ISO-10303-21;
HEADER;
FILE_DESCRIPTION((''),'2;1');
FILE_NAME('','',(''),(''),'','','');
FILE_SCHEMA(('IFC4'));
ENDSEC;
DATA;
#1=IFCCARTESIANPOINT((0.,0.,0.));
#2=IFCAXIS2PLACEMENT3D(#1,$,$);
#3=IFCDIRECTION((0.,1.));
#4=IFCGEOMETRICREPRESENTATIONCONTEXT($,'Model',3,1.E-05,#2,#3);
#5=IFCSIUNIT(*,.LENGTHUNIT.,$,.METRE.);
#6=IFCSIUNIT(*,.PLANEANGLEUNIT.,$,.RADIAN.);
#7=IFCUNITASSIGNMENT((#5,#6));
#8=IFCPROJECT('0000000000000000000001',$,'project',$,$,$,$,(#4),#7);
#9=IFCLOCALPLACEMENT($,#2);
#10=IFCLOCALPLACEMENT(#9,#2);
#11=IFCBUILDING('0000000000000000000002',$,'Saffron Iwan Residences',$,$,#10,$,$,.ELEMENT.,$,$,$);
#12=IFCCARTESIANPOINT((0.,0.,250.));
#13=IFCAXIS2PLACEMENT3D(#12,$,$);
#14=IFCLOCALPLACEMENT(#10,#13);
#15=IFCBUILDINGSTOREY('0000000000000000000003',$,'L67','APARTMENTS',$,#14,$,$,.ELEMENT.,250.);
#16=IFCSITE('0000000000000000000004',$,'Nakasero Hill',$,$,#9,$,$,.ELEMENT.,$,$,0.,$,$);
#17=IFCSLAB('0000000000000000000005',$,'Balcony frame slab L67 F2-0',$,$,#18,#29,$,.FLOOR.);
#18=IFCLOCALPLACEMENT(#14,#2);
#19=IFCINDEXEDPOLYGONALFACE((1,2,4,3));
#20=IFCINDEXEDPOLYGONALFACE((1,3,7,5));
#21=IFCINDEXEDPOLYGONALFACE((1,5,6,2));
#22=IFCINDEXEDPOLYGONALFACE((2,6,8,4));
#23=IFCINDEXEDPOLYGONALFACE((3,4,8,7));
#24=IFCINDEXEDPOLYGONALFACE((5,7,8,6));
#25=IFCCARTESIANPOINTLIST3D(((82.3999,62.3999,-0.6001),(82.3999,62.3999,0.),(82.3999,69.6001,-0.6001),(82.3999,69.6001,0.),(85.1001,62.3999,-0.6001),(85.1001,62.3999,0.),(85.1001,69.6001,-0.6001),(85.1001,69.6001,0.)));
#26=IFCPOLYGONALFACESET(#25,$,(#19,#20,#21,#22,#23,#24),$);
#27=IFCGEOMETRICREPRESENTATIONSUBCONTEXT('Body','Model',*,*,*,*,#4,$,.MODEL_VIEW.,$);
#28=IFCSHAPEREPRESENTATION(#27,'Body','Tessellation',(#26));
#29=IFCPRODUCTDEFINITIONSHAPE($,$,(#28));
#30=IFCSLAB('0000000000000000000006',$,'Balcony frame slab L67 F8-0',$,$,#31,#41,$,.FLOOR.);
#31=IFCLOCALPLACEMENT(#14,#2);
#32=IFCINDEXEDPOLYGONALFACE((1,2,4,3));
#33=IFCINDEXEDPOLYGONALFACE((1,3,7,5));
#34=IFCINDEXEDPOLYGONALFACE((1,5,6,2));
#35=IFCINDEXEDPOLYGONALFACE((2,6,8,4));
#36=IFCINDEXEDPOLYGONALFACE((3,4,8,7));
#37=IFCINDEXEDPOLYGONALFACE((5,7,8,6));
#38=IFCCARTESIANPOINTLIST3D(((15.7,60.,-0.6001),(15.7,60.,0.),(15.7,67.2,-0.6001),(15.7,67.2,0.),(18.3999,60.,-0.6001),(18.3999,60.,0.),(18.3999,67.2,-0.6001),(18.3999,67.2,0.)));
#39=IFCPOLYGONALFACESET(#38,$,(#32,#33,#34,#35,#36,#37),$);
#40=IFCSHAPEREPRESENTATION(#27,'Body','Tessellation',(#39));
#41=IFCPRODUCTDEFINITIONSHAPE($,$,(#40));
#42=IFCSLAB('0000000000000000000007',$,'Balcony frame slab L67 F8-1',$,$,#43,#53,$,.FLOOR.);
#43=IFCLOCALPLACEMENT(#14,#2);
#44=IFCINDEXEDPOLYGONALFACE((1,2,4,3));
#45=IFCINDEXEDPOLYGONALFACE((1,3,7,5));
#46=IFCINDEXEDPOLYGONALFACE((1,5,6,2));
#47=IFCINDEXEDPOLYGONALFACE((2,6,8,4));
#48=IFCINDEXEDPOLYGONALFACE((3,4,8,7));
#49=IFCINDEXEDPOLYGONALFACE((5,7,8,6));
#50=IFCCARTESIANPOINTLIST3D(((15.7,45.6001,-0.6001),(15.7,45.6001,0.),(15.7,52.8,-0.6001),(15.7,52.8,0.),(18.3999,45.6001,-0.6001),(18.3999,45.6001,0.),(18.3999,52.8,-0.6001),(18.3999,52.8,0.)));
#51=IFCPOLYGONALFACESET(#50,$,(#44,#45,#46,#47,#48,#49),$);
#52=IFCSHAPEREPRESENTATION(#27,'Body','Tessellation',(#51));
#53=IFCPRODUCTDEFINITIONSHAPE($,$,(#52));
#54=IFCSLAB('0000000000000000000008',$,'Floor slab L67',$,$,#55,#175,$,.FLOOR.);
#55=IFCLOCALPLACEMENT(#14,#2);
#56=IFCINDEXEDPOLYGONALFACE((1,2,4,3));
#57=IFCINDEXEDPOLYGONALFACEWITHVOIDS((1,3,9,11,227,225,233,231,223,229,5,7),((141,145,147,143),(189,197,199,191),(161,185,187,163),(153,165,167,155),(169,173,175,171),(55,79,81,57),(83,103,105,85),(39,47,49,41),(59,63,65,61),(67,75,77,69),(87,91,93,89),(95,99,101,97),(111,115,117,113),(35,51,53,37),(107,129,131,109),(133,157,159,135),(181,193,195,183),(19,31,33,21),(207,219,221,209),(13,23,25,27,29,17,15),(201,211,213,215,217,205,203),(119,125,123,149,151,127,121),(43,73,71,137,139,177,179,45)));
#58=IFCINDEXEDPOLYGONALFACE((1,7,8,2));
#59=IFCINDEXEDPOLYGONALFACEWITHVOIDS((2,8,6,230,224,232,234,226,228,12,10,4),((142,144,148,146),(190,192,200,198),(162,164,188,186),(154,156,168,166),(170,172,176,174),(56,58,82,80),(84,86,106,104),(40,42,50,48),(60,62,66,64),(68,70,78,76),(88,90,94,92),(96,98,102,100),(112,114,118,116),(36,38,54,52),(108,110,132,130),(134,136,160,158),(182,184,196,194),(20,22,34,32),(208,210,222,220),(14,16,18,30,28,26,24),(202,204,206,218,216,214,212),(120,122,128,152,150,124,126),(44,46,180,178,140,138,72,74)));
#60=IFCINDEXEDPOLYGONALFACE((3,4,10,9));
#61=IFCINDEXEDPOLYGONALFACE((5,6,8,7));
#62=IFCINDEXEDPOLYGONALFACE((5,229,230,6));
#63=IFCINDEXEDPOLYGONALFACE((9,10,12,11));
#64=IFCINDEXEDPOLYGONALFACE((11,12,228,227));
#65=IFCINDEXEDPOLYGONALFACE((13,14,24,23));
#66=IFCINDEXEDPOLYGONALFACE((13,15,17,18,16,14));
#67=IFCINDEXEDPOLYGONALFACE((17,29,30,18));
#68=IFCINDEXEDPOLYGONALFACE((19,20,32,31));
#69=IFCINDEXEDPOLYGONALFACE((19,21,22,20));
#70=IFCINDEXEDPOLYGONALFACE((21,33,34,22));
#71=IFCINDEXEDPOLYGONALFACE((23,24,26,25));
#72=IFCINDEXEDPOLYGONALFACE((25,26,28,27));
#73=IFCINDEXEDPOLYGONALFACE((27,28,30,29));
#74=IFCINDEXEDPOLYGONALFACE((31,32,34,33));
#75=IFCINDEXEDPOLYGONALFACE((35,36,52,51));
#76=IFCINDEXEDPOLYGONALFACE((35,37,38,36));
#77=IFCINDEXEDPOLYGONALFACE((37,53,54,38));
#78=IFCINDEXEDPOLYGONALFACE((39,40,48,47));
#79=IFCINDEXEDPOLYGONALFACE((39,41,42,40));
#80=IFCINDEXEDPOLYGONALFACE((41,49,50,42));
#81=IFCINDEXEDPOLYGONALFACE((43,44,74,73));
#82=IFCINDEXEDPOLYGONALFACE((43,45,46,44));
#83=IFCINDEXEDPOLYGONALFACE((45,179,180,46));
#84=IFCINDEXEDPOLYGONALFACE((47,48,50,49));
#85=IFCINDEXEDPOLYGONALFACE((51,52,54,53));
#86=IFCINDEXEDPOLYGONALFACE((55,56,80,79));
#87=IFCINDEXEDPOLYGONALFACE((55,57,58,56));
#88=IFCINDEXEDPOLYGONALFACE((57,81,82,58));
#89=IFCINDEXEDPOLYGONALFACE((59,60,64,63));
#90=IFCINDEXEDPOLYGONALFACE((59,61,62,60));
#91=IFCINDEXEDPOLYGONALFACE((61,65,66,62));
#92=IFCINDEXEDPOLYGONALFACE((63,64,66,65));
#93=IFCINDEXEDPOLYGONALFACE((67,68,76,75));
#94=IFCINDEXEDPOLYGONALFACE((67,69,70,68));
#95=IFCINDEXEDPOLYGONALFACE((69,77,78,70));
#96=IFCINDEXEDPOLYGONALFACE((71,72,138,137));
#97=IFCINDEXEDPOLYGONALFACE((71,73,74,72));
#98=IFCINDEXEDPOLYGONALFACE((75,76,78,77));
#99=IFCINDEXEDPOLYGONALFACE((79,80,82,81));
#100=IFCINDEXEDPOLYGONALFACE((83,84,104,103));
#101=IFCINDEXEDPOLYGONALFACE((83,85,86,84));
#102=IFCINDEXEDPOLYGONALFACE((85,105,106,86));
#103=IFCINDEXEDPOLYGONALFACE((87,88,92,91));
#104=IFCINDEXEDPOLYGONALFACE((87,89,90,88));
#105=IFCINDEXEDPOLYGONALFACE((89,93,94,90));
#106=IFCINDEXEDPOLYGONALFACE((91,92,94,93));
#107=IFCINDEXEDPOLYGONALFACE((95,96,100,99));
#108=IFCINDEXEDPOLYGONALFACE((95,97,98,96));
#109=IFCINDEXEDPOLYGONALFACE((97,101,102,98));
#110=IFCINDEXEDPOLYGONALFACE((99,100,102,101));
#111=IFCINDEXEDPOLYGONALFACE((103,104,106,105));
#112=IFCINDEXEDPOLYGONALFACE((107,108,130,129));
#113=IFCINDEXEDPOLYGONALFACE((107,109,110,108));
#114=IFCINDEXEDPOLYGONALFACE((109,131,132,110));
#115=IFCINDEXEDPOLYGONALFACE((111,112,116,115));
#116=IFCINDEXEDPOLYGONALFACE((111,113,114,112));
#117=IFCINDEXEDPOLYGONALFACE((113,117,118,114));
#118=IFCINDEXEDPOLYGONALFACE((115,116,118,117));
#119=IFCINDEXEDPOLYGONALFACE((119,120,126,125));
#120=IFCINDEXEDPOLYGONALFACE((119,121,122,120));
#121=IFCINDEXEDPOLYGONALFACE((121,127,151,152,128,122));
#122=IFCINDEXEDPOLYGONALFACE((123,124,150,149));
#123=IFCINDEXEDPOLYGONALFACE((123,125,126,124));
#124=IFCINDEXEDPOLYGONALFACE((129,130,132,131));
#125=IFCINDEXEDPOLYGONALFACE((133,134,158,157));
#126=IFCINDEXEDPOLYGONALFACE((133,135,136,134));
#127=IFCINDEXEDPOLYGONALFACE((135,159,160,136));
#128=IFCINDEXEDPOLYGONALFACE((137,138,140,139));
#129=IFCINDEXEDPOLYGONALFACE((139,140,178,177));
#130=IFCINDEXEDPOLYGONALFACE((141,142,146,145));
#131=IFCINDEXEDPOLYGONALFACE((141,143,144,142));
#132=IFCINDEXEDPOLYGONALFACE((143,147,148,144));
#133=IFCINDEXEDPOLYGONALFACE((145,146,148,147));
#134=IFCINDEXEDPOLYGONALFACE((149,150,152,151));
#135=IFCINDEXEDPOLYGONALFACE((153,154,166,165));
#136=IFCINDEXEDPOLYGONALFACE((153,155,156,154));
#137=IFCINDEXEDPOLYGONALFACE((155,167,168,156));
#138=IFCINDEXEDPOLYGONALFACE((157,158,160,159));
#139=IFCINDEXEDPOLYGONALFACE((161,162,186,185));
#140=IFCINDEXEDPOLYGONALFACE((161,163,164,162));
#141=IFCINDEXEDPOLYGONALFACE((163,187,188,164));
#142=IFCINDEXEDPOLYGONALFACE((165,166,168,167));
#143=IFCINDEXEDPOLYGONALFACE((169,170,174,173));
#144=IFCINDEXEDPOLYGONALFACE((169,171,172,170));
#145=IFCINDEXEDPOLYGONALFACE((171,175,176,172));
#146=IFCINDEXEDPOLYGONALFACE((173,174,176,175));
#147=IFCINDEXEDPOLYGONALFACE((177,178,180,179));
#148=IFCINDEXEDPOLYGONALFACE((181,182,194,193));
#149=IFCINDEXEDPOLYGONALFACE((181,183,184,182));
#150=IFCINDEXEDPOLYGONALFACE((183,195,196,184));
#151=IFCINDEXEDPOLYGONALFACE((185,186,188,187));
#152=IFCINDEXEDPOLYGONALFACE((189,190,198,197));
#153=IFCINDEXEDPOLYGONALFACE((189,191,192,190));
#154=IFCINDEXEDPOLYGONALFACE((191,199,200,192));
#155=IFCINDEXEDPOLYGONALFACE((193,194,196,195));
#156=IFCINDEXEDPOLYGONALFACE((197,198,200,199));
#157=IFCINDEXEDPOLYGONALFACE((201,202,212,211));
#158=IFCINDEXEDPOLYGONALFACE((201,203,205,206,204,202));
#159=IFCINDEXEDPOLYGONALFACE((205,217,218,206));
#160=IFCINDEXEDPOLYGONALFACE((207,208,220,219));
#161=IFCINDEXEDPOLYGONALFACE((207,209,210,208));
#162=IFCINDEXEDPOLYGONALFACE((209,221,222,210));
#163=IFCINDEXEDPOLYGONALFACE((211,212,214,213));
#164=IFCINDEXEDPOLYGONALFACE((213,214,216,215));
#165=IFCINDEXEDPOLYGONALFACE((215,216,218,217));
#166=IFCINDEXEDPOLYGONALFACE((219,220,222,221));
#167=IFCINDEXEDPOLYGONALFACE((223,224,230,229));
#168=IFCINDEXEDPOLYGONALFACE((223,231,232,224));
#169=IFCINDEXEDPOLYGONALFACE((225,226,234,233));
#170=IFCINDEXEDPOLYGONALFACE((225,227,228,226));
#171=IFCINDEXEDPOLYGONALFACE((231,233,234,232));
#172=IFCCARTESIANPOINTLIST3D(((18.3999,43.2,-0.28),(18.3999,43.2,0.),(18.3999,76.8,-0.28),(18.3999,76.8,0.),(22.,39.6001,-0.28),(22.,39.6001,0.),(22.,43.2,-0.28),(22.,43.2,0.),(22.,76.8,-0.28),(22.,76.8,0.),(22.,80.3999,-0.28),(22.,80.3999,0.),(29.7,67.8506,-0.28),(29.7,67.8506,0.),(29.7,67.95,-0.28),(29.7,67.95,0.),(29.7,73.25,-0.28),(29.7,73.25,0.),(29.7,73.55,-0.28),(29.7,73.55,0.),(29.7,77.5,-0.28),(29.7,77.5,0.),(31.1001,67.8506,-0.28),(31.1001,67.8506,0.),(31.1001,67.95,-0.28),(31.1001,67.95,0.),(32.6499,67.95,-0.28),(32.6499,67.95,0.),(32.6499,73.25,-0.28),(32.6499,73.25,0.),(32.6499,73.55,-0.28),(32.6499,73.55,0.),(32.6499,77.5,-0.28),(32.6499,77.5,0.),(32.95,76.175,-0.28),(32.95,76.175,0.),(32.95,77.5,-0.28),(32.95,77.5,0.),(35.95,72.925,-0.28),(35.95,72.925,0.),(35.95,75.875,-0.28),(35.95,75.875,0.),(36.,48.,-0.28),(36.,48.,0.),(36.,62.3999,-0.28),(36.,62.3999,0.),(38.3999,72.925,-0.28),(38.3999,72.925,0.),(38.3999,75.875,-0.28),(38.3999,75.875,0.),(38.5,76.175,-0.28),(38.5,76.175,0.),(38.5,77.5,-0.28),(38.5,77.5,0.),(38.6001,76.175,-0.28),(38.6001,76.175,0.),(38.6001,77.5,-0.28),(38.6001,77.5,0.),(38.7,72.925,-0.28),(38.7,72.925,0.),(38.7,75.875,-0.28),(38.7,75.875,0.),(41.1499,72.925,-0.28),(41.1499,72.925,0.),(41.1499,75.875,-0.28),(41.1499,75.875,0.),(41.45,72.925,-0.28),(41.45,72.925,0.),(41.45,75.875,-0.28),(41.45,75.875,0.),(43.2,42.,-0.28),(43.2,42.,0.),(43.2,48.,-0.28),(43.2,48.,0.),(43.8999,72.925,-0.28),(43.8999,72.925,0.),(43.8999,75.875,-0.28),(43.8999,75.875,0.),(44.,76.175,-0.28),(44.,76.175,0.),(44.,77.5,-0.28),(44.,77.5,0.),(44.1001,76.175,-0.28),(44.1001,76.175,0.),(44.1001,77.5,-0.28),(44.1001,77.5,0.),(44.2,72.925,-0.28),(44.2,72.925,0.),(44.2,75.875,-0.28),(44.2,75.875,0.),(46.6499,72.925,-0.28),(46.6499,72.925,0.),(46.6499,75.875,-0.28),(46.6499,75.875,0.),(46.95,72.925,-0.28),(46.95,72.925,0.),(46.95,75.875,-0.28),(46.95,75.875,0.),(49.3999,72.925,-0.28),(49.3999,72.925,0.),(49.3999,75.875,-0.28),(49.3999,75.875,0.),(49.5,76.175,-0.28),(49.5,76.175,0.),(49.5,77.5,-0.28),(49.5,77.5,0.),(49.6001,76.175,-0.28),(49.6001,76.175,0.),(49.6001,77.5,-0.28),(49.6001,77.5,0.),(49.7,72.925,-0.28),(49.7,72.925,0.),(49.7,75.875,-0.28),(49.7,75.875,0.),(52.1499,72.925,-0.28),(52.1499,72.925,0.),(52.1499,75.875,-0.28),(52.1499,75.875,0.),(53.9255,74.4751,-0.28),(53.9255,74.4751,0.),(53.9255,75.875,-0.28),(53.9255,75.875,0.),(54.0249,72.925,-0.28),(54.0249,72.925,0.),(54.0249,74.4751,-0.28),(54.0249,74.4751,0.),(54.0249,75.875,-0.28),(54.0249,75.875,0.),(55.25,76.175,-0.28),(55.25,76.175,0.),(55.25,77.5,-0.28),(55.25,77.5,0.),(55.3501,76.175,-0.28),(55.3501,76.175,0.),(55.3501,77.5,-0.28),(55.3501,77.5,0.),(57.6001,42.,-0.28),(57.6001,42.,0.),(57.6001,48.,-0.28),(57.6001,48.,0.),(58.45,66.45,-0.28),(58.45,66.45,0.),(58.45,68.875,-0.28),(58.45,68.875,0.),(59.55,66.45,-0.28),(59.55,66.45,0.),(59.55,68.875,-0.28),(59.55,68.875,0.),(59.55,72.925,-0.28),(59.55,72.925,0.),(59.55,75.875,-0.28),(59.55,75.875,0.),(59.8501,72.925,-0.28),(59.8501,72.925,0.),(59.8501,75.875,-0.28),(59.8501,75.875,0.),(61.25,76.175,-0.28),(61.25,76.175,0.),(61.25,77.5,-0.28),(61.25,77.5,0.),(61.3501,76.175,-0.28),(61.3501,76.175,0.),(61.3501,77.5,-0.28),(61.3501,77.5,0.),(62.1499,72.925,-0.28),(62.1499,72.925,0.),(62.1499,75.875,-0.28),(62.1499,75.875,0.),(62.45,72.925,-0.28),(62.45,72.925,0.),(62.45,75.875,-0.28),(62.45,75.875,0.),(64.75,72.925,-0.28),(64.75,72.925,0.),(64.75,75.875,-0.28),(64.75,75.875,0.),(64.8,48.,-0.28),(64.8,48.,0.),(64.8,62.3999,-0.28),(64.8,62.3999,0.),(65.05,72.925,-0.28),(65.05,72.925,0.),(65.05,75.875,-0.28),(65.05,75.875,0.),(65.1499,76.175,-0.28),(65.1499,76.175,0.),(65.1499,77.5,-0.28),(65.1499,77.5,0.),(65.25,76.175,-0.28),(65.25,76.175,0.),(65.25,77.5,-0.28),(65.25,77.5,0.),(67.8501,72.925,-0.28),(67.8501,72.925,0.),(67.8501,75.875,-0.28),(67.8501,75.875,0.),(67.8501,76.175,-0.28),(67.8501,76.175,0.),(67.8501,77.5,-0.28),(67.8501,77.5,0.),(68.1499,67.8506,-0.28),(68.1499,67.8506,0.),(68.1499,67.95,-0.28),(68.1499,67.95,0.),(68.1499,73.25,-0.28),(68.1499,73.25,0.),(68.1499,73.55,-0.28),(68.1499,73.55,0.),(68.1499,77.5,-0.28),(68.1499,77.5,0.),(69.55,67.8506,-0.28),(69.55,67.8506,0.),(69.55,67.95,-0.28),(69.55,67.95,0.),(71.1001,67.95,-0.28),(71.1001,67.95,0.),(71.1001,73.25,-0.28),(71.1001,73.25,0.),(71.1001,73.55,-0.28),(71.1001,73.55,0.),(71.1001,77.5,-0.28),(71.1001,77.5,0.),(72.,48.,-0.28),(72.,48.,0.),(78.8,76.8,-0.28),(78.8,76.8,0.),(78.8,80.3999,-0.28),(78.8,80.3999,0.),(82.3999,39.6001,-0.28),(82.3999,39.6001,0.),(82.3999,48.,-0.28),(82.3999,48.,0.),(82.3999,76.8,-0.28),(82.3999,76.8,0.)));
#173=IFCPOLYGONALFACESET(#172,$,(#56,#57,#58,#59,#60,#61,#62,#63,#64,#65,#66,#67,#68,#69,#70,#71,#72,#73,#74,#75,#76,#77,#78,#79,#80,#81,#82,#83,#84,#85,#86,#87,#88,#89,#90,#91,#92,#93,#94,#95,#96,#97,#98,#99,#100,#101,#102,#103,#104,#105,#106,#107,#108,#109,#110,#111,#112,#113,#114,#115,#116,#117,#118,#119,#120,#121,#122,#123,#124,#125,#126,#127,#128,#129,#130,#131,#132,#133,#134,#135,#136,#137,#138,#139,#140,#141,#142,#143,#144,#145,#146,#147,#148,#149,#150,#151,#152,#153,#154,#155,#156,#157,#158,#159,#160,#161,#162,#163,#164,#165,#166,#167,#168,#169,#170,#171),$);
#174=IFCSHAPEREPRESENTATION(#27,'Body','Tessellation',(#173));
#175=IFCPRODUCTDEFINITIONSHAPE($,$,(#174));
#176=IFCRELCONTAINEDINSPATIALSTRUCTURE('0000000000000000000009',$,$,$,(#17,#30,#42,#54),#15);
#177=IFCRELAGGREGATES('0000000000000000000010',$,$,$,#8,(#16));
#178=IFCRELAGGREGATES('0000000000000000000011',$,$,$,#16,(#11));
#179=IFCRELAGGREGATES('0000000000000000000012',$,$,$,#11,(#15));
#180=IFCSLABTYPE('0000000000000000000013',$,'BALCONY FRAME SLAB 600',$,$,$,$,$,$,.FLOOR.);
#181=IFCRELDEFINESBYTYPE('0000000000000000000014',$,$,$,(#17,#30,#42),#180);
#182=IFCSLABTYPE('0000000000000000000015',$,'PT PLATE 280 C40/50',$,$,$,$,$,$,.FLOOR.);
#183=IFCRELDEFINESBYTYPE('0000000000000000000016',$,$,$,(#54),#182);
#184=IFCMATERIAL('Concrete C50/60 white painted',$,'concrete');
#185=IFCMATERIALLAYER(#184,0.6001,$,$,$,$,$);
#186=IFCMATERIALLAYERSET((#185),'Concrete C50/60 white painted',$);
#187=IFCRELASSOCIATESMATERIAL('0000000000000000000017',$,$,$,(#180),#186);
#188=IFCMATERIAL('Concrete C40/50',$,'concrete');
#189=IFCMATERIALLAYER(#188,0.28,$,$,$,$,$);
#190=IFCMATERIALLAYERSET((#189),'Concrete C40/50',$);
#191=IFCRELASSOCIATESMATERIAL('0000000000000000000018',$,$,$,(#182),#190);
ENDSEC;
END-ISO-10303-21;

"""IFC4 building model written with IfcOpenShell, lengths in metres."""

from ifc_helpers import new_model, si_unit, direction, frame, origin, place, context, subcontext, project, spatial, polyline, outline, extrude, material, layer, layer_set, type_object, element, save


model = new_model("IFC4")

# Units and contexts
model_context = context("Model", 3, precision=1e-05, world=origin(), true_north=direction((0.0, 1.0)))
body_context = subcontext(model_context, "Body", "Model", "MODEL_VIEW")
ifc_project = project(units=[si_unit("LENGTHUNIT", "METRE"), si_unit("PLANEANGLEUNIT", "RADIAN")], contexts=[model_context])

# Site, building, storey
site_placement = place(None, origin())
site = spatial("IfcSite", under=ifc_project, at=site_placement, Name="Nakasero Hill", CompositionType="ELEMENT", RefElevation=0.0)
building_placement = place(site_placement, origin())
building = spatial("IfcBuilding", under=site, at=building_placement, Name="Saffron Iwan Residences", CompositionType="ELEMENT")
storey_placement = place(building_placement, frame((0.0, 0.0, 250.0)))
storey = spatial("IfcBuildingStorey", under=building, at=storey_placement, Name="L67", Description="APARTMENTS", CompositionType="ELEMENT", Elevation=250.0)

# Slabs
ifc_material_1 = material(Name="Concrete C50/60 white painted", Category="concrete")
ifc_layer_1 = layer(ifc_material_1, 0.6001)
ifc_layer_set_1 = layer_set([ifc_layer_1], Name="Concrete C50/60 white painted")
slab_type_1 = type_object("IfcSlabType", Name="BALCONY FRAME SLAB 600", PredefinedType="FLOOR", material=ifc_layer_set_1)
slab_1_placement = place(storey_placement, frame((0.0, 0.0, -0.6001)))
element("IfcSlab", 1, at=slab_1_placement, inside=storey, type_object=slab_type_1, Name="Balcony frame slab L67 F2-0", PredefinedType="FLOOR", context=body_context, shape_type="SweptSolid", body=[
    extrude(outline(polyline([(85.1001, 62.3999), (85.1001, 69.6001), (82.3999, 69.6001), (82.3999, 62.3999), (85.1001, 62.3999)])), origin(), (0.0, 0.0, 1.0), 0.6001),
])
slab_2_placement = place(storey_placement, frame((0.0, 0.0, -0.6001)))
element("IfcSlab", 2, at=slab_2_placement, inside=storey, type_object=slab_type_1, Name="Balcony frame slab L67 F8-0", PredefinedType="FLOOR", context=body_context, shape_type="SweptSolid", body=[
    extrude(outline(polyline([(15.7, 67.2), (15.7, 60.0), (18.3999, 60.0), (18.3999, 67.2), (15.7, 67.2)])), origin(), (0.0, 0.0, 1.0), 0.6001),
])
slab_3_placement = place(storey_placement, frame((0.0, 0.0, -0.6001)))
element("IfcSlab", 3, at=slab_3_placement, inside=storey, type_object=slab_type_1, Name="Balcony frame slab L67 F8-1", PredefinedType="FLOOR", context=body_context, shape_type="SweptSolid", body=[
    extrude(outline(polyline([(15.7, 52.8), (15.7, 45.6001), (18.3999, 45.6001), (18.3999, 52.8), (15.7, 52.8)])), origin(), (0.0, 0.0, 1.0), 0.6001),
])
ifc_material_2 = material(Name="Concrete C40/50", Category="concrete")
ifc_layer_2 = layer(ifc_material_2, 0.28)
ifc_layer_set_2 = layer_set([ifc_layer_2], Name="Concrete C40/50")
slab_type_2 = type_object("IfcSlabType", Name="PT PLATE 280 C40/50", PredefinedType="FLOOR", material=ifc_layer_set_2)
slab_4_placement = place(storey_placement, frame((0.0, 0.0, -0.28)))
element("IfcSlab", 4, at=slab_4_placement, inside=storey, type_object=slab_type_2, Name="Floor slab L67", PredefinedType="FLOOR", context=body_context, shape_type="SweptSolid", body=[
    extrude(outline(polyline([(18.3999, 43.2), (18.3999, 76.8), (22.0, 76.8), (22.0, 80.3999), (78.8, 80.3999), (78.8, 76.8), (82.3999, 76.8), (82.3999, 48.0), (72.0, 48.0), (82.3999, 39.6001), (22.0, 39.6001), (22.0, 43.2), (18.3999, 43.2)]), holes=[polyline([(64.8, 48.0), (64.8, 62.3999), (36.0, 62.3999), (36.0, 48.0), (43.2, 48.0), (43.2, 42.0), (57.6001, 42.0), (57.6001, 48.0), (64.8, 48.0)]), polyline([(29.7, 73.25), (29.7, 67.95), (29.7, 67.8506), (31.1001, 67.8506), (31.1001, 67.95), (32.6499, 67.95), (32.6499, 73.25), (29.7, 73.25)]), polyline([(38.3999, 75.875), (35.95, 75.875), (35.95, 72.925), (38.3999, 72.925), (38.3999, 75.875)]), polyline([(41.1499, 75.875), (38.7, 75.875), (38.7, 72.925), (41.1499, 72.925), (41.1499, 75.875)]), polyline([(43.8999, 72.925), (43.8999, 75.875), (41.45, 75.875), (41.45, 72.925), (43.8999, 72.925)]), polyline([(46.6499, 72.925), (46.6499, 75.875), (44.2, 75.875), (44.2, 72.925), (46.6499, 72.925)]), polyline([(49.3999, 75.875), (46.95, 75.875), (46.95, 72.925), (49.3999, 72.925), (49.3999, 75.875)]), polyline([(52.1499, 72.925), (52.1499, 75.875), (49.7, 75.875), (49.7, 72.925), (52.1499, 72.925)]), polyline([(32.6499, 73.55), (32.6499, 77.5), (29.7, 77.5), (29.7, 73.55), (32.6499, 73.55)]), polyline([(38.5, 77.5), (32.95, 77.5), (32.95, 76.175), (38.5, 76.175), (38.5, 77.5)]), polyline([(44.0, 76.175), (44.0, 77.5), (38.6001, 77.5), (38.6001, 76.175), (44.0, 76.175)]), polyline([(49.5, 76.175), (49.5, 77.5), (44.1001, 77.5), (44.1001, 76.175), (49.5, 76.175)]), polyline([(59.55, 68.875), (58.45, 68.875), (58.45, 66.45), (59.55, 66.45), (59.55, 68.875)]), polyline([(68.1499, 73.25), (68.1499, 67.95), (68.1499, 67.8506), (69.55, 67.8506), (69.55, 67.95), (71.1001, 67.95), (71.1001, 73.25), (68.1499, 73.25)]), polyline([(54.0249, 74.4751), (54.0249, 72.925), (59.55, 72.925), (59.55, 75.875), (54.0249, 75.875), (53.9255, 75.875), (53.9255, 74.4751), (54.0249, 74.4751)]), polyline([(62.1499, 72.925), (62.1499, 75.875), (59.8501, 75.875), (59.8501, 72.925), (62.1499, 72.925)]), polyline([(64.75, 72.925), (64.75, 75.875), (62.45, 75.875), (62.45, 72.925), (64.75, 72.925)]), polyline([(67.8501, 75.875), (65.05, 75.875), (65.05, 72.925), (67.8501, 72.925), (67.8501, 75.875)]), polyline([(71.1001, 73.55), (71.1001, 77.5), (68.1499, 77.5), (68.1499, 73.55), (71.1001, 73.55)]), polyline([(55.25, 76.175), (55.25, 77.5), (49.6001, 77.5), (49.6001, 76.175), (55.25, 76.175)]), polyline([(61.25, 77.5), (55.3501, 77.5), (55.3501, 76.175), (61.25, 76.175), (61.25, 77.5)]), polyline([(65.1499, 76.175), (65.1499, 77.5), (61.3501, 77.5), (61.3501, 76.175), (65.1499, 76.175)]), polyline([(67.8501, 76.175), (67.8501, 77.5), (65.25, 77.5), (65.25, 76.175), (67.8501, 76.175)])]), origin(), (0.0, 0.0, 1.0), 0.28),
])

save(model, "model.ifc")
